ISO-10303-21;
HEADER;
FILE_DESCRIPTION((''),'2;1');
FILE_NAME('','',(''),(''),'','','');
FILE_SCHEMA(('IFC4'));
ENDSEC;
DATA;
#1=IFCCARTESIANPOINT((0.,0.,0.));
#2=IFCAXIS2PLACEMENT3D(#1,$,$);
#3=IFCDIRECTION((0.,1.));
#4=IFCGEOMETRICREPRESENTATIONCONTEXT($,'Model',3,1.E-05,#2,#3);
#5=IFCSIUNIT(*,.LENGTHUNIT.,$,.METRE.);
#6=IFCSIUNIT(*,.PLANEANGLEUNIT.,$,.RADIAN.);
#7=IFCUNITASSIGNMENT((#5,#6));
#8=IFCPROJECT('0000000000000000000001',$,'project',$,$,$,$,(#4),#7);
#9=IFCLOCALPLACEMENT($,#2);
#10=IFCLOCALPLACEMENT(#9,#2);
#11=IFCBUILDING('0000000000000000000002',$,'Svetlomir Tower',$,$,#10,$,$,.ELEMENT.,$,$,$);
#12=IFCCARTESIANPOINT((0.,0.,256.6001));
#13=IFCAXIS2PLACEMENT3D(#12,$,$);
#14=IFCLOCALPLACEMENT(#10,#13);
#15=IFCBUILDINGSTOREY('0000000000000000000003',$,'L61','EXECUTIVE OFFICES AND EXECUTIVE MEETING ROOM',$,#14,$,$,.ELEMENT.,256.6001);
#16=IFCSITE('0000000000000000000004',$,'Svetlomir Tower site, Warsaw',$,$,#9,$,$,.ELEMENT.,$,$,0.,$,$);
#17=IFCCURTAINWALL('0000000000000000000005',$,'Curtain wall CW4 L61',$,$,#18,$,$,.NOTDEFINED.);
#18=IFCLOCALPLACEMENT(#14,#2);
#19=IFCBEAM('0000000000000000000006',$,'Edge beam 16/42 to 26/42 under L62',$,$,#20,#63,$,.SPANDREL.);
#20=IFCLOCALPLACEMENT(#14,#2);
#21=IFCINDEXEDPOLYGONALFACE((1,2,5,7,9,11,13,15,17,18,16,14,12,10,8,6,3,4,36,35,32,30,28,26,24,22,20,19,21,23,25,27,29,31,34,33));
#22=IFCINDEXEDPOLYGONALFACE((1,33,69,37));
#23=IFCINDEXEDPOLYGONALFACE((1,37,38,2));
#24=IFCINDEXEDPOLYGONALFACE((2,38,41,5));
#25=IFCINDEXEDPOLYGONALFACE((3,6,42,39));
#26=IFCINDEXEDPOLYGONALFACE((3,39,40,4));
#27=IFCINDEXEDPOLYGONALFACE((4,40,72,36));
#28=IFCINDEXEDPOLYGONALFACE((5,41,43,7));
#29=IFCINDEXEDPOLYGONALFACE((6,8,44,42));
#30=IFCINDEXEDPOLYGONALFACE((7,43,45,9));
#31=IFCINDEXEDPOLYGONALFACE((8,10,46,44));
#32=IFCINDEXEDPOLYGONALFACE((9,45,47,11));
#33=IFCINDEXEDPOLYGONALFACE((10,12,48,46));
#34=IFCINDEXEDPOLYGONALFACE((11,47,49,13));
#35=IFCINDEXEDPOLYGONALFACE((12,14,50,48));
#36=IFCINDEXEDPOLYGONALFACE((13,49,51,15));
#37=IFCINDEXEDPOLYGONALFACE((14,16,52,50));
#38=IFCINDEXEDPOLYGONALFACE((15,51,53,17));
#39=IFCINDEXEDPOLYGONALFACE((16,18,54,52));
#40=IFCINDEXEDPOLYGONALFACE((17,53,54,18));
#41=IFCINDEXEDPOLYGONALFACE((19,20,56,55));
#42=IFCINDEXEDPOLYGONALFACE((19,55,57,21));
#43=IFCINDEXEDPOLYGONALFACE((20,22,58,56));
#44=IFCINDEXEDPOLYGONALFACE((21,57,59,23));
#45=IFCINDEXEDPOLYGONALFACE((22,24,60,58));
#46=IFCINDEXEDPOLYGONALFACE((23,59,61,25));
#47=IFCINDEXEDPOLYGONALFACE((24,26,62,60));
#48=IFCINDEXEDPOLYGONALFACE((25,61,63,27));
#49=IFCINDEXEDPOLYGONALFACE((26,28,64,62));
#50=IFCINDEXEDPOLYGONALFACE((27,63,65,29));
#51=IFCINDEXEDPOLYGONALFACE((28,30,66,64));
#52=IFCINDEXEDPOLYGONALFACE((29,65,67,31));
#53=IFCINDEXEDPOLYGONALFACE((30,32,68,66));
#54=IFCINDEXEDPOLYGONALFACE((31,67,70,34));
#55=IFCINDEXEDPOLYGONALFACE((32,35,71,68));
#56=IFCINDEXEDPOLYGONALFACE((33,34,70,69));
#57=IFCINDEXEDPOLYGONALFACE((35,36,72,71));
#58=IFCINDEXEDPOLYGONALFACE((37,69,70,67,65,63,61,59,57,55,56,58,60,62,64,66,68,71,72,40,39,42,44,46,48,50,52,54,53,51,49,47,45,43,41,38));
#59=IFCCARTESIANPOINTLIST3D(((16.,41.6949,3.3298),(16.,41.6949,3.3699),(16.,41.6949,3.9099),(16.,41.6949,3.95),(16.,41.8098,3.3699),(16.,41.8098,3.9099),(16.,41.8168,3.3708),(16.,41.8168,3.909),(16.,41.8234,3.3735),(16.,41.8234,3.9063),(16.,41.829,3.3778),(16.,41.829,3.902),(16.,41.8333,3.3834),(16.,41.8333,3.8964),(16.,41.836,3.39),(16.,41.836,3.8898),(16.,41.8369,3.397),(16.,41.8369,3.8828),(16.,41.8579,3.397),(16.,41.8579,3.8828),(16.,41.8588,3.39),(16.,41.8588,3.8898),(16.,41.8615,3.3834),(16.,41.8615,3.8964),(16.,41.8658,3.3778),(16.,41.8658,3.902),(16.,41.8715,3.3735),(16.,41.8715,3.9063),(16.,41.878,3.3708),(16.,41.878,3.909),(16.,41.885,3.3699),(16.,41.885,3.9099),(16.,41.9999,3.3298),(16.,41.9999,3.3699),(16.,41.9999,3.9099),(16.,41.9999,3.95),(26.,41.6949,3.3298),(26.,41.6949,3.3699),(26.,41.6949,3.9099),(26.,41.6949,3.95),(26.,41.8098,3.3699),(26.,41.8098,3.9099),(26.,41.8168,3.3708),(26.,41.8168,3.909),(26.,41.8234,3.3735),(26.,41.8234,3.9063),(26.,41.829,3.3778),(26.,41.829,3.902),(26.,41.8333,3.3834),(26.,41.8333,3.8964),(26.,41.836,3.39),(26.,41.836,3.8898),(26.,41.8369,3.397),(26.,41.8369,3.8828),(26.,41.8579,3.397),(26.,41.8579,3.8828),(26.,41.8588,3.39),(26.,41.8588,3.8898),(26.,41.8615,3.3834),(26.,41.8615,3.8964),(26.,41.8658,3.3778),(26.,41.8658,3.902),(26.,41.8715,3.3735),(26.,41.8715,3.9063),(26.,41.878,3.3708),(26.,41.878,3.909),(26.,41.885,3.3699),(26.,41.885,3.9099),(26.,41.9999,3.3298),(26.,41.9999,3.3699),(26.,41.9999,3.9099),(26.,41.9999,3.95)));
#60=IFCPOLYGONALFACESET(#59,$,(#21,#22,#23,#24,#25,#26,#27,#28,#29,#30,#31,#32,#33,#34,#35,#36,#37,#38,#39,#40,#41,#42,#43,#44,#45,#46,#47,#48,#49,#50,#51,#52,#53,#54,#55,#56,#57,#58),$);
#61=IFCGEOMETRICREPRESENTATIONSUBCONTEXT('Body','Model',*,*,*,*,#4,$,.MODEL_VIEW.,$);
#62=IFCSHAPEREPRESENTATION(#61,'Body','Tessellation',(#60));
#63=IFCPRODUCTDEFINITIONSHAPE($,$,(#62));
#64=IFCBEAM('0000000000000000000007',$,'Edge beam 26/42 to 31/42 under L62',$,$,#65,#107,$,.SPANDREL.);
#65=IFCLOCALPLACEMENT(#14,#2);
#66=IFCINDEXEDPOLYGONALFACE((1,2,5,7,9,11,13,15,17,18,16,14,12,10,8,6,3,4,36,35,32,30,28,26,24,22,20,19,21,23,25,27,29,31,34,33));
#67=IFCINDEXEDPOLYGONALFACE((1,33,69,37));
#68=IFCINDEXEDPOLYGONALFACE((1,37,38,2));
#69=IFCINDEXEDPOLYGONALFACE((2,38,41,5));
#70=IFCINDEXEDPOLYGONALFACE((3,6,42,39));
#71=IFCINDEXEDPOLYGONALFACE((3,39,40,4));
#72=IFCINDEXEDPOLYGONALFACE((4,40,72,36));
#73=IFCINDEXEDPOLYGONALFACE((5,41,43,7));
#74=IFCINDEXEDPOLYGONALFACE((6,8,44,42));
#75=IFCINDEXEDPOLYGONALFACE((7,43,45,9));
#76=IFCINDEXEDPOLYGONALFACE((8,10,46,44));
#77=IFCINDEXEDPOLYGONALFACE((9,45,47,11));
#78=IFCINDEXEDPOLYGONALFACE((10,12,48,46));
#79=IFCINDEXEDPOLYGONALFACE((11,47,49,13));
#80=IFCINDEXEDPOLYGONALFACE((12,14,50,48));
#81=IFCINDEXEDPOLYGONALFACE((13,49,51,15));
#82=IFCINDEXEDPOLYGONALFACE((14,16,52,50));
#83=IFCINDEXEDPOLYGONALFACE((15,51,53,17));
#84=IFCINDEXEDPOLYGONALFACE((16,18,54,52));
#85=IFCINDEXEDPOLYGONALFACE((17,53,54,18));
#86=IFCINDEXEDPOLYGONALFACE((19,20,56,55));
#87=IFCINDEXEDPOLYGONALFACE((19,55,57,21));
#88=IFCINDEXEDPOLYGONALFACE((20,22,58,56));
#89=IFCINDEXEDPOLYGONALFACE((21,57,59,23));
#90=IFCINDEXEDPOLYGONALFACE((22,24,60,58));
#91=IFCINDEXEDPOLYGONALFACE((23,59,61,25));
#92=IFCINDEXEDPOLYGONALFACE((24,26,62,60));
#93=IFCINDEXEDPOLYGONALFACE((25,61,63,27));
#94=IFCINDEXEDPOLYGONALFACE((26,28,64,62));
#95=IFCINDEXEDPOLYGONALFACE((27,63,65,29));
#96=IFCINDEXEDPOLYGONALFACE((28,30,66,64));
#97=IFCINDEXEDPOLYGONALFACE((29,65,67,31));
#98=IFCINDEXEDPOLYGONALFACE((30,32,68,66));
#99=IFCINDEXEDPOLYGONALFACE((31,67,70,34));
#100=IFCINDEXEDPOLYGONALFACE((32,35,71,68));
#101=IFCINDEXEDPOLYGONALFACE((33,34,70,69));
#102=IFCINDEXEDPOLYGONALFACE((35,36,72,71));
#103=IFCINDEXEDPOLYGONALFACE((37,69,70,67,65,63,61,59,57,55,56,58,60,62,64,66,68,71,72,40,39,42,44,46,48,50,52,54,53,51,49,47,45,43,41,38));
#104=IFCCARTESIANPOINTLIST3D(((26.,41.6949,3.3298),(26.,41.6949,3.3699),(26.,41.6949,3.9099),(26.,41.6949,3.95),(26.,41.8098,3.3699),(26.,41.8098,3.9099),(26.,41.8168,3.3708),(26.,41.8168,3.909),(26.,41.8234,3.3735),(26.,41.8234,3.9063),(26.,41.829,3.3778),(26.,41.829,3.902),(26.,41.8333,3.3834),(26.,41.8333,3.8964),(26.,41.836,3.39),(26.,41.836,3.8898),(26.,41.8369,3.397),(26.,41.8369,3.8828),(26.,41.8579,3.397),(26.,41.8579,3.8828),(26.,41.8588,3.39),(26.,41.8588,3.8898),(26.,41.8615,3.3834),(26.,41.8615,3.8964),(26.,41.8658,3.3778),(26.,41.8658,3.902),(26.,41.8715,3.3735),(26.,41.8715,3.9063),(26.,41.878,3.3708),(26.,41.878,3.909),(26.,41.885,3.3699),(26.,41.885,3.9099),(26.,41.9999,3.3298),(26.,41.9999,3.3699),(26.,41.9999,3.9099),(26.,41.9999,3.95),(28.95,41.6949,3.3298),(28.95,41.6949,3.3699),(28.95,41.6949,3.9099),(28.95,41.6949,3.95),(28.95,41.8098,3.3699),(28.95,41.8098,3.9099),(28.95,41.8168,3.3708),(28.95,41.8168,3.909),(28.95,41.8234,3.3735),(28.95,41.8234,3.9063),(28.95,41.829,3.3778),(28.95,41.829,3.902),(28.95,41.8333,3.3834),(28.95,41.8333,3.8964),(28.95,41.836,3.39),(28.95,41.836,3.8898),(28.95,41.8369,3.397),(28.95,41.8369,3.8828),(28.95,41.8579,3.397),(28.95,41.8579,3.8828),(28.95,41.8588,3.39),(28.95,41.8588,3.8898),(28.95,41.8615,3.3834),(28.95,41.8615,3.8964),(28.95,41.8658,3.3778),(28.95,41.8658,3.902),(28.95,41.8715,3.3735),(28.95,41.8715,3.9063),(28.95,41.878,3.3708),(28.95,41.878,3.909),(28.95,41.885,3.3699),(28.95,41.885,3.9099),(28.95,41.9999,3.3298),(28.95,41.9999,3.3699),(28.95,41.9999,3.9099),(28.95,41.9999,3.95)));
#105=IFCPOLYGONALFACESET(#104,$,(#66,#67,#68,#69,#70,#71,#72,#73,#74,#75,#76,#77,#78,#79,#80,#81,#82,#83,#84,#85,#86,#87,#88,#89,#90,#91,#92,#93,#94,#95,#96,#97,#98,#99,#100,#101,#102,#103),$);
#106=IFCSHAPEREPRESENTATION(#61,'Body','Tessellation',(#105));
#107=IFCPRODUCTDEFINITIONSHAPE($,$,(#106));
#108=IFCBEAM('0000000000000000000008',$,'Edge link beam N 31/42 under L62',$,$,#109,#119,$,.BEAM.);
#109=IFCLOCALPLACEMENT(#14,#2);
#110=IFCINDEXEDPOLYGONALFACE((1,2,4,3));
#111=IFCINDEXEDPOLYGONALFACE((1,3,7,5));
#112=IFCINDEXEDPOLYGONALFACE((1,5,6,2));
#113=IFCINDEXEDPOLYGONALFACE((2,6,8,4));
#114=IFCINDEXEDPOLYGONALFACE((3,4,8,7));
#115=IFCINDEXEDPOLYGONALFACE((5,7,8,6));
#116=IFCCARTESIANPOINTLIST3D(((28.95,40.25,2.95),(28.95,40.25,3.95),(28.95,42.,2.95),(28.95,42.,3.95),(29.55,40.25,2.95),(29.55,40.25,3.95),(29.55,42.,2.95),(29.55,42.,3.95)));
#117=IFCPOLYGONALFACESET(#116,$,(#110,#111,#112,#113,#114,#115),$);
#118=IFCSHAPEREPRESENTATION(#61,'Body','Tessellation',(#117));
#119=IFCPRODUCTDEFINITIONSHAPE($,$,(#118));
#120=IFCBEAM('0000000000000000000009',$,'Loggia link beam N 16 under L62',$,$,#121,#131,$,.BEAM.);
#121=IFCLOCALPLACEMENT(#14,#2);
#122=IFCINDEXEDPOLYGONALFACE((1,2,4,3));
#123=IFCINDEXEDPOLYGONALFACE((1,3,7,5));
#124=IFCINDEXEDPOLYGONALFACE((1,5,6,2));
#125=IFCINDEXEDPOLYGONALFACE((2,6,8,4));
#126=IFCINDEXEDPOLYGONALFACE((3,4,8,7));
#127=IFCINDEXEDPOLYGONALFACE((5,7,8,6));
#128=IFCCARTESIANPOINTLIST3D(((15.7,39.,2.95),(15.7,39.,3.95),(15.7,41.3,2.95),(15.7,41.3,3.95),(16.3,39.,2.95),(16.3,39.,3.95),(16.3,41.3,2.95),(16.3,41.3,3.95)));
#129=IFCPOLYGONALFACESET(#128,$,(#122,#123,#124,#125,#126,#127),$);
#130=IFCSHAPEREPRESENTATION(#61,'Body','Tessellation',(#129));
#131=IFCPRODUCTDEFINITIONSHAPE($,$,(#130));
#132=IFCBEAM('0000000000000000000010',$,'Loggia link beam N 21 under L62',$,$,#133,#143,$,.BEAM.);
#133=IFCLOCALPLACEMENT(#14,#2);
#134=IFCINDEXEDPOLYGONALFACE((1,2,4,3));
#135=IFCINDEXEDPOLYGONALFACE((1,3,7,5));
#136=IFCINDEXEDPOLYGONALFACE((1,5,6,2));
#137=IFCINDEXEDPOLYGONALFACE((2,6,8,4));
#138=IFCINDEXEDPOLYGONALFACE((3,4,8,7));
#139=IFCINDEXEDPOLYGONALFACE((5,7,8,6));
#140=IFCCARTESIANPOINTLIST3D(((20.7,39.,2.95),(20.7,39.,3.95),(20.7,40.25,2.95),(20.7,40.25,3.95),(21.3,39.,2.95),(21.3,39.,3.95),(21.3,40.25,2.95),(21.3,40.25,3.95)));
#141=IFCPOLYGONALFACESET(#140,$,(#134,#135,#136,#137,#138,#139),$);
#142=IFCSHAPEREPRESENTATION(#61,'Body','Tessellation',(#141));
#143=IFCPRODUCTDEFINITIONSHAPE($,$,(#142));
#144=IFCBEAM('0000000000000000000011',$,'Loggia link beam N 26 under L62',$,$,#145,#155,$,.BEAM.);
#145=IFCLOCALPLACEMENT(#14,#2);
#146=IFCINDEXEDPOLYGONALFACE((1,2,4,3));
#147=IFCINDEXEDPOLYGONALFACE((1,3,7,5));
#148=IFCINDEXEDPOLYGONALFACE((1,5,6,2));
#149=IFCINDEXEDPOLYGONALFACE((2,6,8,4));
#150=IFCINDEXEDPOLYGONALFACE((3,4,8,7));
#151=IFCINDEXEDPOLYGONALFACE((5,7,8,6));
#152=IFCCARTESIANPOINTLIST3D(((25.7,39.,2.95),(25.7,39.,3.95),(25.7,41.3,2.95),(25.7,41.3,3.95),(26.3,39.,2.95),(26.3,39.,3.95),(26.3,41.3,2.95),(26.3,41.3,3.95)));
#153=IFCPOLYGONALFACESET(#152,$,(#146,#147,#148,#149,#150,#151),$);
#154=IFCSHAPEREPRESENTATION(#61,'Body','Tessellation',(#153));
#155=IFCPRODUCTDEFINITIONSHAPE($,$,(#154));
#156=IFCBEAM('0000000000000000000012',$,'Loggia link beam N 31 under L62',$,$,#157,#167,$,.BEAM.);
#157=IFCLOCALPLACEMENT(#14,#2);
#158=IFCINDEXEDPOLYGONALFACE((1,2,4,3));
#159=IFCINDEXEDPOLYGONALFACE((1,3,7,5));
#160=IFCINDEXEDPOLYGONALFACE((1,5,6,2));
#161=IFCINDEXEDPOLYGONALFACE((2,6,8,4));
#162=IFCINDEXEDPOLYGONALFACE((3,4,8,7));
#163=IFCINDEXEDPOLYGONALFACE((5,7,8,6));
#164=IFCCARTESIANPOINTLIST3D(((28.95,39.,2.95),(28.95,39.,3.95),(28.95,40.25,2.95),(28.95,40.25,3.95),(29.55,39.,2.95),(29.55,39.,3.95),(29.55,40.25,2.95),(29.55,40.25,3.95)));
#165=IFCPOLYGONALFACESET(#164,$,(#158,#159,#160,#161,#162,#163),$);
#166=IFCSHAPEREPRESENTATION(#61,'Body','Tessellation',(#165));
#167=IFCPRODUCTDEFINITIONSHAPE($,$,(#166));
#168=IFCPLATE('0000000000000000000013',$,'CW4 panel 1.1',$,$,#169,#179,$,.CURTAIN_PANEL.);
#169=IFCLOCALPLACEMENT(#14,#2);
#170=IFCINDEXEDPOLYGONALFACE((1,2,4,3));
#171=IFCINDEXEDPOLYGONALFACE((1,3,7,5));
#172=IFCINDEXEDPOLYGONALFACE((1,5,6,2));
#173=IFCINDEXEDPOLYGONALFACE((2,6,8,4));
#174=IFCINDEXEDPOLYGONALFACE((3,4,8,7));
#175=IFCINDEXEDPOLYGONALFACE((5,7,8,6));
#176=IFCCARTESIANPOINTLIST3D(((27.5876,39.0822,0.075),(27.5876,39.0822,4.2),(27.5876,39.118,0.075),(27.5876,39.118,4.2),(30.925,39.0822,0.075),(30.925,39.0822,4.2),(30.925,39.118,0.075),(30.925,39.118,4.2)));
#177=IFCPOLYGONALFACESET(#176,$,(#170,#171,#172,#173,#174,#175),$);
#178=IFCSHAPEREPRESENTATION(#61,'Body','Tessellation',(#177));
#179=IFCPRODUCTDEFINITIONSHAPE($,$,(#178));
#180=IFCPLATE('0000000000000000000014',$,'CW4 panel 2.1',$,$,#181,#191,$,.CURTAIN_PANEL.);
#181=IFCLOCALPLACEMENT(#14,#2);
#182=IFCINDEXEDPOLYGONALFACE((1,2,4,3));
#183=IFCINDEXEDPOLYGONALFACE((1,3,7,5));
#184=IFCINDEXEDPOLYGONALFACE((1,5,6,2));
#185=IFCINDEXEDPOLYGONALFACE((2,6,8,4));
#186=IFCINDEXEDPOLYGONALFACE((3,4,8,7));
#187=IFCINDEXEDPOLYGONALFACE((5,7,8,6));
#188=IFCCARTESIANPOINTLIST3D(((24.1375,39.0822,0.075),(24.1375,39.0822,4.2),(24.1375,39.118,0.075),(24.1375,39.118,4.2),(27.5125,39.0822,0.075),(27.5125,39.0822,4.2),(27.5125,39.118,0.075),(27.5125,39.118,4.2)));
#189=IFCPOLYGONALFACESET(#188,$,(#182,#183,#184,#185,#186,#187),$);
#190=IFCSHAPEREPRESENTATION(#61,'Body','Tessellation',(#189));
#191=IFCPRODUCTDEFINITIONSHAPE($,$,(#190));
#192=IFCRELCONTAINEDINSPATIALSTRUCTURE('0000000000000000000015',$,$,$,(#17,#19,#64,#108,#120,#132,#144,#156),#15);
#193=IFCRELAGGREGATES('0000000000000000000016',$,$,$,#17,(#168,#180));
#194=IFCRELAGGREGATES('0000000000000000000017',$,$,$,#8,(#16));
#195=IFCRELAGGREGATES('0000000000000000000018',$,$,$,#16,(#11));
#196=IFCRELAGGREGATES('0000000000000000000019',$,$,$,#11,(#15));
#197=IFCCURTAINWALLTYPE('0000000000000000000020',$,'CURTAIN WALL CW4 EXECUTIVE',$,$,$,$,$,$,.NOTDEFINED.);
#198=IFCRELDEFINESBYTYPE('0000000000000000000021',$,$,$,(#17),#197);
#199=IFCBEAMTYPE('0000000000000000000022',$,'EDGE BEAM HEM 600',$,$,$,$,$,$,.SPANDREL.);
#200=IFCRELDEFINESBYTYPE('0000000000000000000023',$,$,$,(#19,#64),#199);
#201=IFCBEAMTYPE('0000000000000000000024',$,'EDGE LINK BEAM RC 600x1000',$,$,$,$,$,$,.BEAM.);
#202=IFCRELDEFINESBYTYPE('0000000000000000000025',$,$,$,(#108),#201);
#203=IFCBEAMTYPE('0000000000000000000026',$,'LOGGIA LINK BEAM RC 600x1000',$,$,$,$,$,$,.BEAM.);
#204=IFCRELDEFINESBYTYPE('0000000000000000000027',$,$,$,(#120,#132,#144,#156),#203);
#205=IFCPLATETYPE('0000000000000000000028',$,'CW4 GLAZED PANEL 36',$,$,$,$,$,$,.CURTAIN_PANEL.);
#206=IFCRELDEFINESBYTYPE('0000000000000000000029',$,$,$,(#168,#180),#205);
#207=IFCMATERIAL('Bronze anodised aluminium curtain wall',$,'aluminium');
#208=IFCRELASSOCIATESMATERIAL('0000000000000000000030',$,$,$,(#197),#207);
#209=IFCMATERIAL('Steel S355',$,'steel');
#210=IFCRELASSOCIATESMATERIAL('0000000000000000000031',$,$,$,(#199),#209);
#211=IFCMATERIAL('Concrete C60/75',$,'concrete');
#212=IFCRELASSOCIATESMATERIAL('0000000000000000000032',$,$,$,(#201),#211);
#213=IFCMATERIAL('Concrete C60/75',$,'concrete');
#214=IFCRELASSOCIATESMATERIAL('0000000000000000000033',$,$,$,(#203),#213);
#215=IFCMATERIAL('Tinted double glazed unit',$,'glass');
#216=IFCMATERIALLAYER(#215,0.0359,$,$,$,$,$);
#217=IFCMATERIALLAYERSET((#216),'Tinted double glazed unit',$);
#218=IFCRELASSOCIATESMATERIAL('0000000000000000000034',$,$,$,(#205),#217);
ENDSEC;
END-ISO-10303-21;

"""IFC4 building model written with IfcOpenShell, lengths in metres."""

from ifc_helpers import new_model, si_unit, direction, frame, origin, origin_2d, place, context, subcontext, project, spatial, rectangle, i_section, extrude, material, layer, layer_set, material_profile, profile_set, type_object, element, aggregate, save


model = new_model("IFC4")

# Units and contexts
model_context = context("Model", 3, precision=1e-05, world=origin(), true_north=direction((0.0, 1.0)))
body_context = subcontext(model_context, "Body", "Model", "MODEL_VIEW")
ifc_project = project(units=[si_unit("LENGTHUNIT", "METRE"), si_unit("PLANEANGLEUNIT", "RADIAN")], contexts=[model_context])

# Site, building, storey
site_placement = place(None, origin())
site = spatial("IfcSite", under=ifc_project, at=site_placement, Name="Svetlomir Tower site, Warsaw", CompositionType="ELEMENT", RefElevation=0.0)
building_placement = place(site_placement, origin())
building = spatial("IfcBuilding", under=site, at=building_placement, Name="Svetlomir Tower", CompositionType="ELEMENT")
storey_placement = place(building_placement, frame((0.0, 0.0, 256.6001)))
storey = spatial("IfcBuildingStorey", under=building, at=storey_placement, Name="L61", Description="EXECUTIVE OFFICES AND EXECUTIVE MEETING ROOM", CompositionType="ELEMENT", Elevation=256.6001)

# Curtain wall
ifc_material_1 = material(Name="Bronze anodised aluminium curtain wall", Category="aluminium")
curtain_wall_type = type_object("IfcCurtainWallType", Name="CURTAIN WALL CW4 EXECUTIVE", PredefinedType="NOTDEFINED", material=ifc_material_1)
curtain_wall_1_placement = place(storey_placement, origin())
curtain_wall_1 = element("IfcCurtainWall", 1, at=curtain_wall_1_placement, inside=storey, type_object=curtain_wall_type, Name="Curtain wall CW4 L61", PredefinedType="NOTDEFINED")

# Beams
ifc_material_2 = material(Name="Steel S355", Category="steel")
ifc_material_profile_1 = material_profile(ifc_material_2, i_section(OverallWidth=0.3049, OverallDepth=0.6201, WebThickness=0.021, FlangeThickness=0.04, FilletRadius=0.0271, at=origin_2d()), Name="HEM 600")
ifc_profile_set_1 = profile_set([ifc_material_profile_1], Name="Steel S355")
beam_type_1 = type_object("IfcBeamType", Name="EDGE BEAM HEM 600", PredefinedType="SPANDREL", material=ifc_profile_set_1)
beam_1_placement = place(storey_placement, frame((16.0, 41.8474, 3.6399), z_axis=(1.0, 0.0, 0.0), x_axis=(0.0, 1.0, 0.0)))
element("IfcBeam", 2, at=beam_1_placement, inside=storey, type_object=beam_type_1, Name="Edge beam 16/42 to 26/42 under L62", PredefinedType="SPANDREL", context=body_context, shape_type="SweptSolid", body=[
    extrude(i_section(OverallWidth=0.3049, OverallDepth=0.6201, WebThickness=0.021, FlangeThickness=0.04, FilletRadius=0.0271, at=origin_2d()), origin(), (0.0, 0.0, 1.0), 10.0),
])
beam_2_placement = place(storey_placement, frame((26.0, 41.8474, 3.6399), z_axis=(1.0, 0.0, 0.0), x_axis=(0.0, 1.0, 0.0)))
element("IfcBeam", 3, at=beam_2_placement, inside=storey, type_object=beam_type_1, Name="Edge beam 26/42 to 31/42 under L62", PredefinedType="SPANDREL", context=body_context, shape_type="SweptSolid", body=[
    extrude(i_section(OverallWidth=0.3049, OverallDepth=0.6201, WebThickness=0.021, FlangeThickness=0.04, FilletRadius=0.0271, at=origin_2d()), origin(), (0.0, 0.0, 1.0), 2.95),
])
ifc_material_3 = material(Name="Concrete C60/75", Category="concrete")
ifc_material_profile_2 = material_profile(ifc_material_3, rectangle(XDim=0.6001, YDim=1.0, at=origin_2d()), Name="RC 600x1000")
ifc_profile_set_2 = profile_set([ifc_material_profile_2], Name="Concrete C60/75")
beam_type_2 = type_object("IfcBeamType", Name="EDGE LINK BEAM RC 600x1000", PredefinedType="BEAM", material=ifc_profile_set_2)
beam_3_placement = place(storey_placement, frame((29.25, 40.25, 3.45), z_axis=(0.0, 1.0, 0.0), x_axis=(-1.0, 0.0, 0.0)))
element("IfcBeam", 4, at=beam_3_placement, inside=storey, type_object=beam_type_2, Name="Edge link beam N 31/42 under L62", PredefinedType="BEAM", context=body_context, shape_type="SweptSolid", body=[
    extrude(rectangle(XDim=0.6001, YDim=1.0, at=origin_2d()), origin(), (0.0, 0.0, 1.0), 1.75),
])
ifc_material_4 = material(Name="Concrete C60/75", Category="concrete")
ifc_material_profile_3 = material_profile(ifc_material_4, rectangle(XDim=0.6001, YDim=1.0, at=origin_2d()), Name="RC 600x1000")
ifc_profile_set_3 = profile_set([ifc_material_profile_3], Name="Concrete C60/75")
beam_type_3 = type_object("IfcBeamType", Name="LOGGIA LINK BEAM RC 600x1000", PredefinedType="BEAM", material=ifc_profile_set_3)
beam_4_placement = place(storey_placement, frame((16.0, 41.3, 3.45), z_axis=(0.0, -1.0, 0.0), x_axis=(1.0, 0.0, 0.0)))
element("IfcBeam", 5, at=beam_4_placement, inside=storey, type_object=beam_type_3, Name="Loggia link beam N 16 under L62", PredefinedType="BEAM", context=body_context, shape_type="SweptSolid", body=[
    extrude(rectangle(XDim=0.6001, YDim=1.0, at=origin_2d()), origin(), (0.0, 0.0, 1.0), 2.3),
])
beam_5_placement = place(storey_placement, frame((21.0, 40.25, 3.45), z_axis=(0.0, -1.0, 0.0), x_axis=(1.0, 0.0, 0.0)))
element("IfcBeam", 6, at=beam_5_placement, inside=storey, type_object=beam_type_3, Name="Loggia link beam N 21 under L62", PredefinedType="BEAM", context=body_context, shape_type="SweptSolid", body=[
    extrude(rectangle(XDim=0.6001, YDim=1.0, at=origin_2d()), origin(), (0.0, 0.0, 1.0), 1.25),
])
beam_6_placement = place(storey_placement, frame((26.0, 41.3, 3.45), z_axis=(0.0, -1.0, 0.0), x_axis=(1.0, 0.0, 0.0)))
element("IfcBeam", 7, at=beam_6_placement, inside=storey, type_object=beam_type_3, Name="Loggia link beam N 26 under L62", PredefinedType="BEAM", context=body_context, shape_type="SweptSolid", body=[
    extrude(rectangle(XDim=0.6001, YDim=1.0, at=origin_2d()), origin(), (0.0, 0.0, 1.0), 2.3),
])
beam_7_placement = place(storey_placement, frame((29.25, 40.25, 3.45), z_axis=(0.0, -1.0, 0.0), x_axis=(1.0, 0.0, 0.0)))
element("IfcBeam", 8, at=beam_7_placement, inside=storey, type_object=beam_type_3, Name="Loggia link beam N 31 under L62", PredefinedType="BEAM", context=body_context, shape_type="SweptSolid", body=[
    extrude(rectangle(XDim=0.6001, YDim=1.0, at=origin_2d()), origin(), (0.0, 0.0, 1.0), 1.25),
])

# Plates
ifc_material_5 = material(Name="Tinted double glazed unit", Category="glass")
ifc_layer_1 = layer(ifc_material_5, 0.0359)
ifc_layer_set_1 = layer_set([ifc_layer_1], Name="Tinted double glazed unit")
plate_type = type_object("IfcPlateType", Name="CW4 GLAZED PANEL 36", PredefinedType="CURTAIN_PANEL", material=ifc_layer_set_1)
plate_1_placement = place(storey_placement, frame((29.2563, 39.1001, 0.075), z_axis=(0.0, 0.0, 1.0), x_axis=(-1.0, 0.0, 0.0)))
plate_1 = element("IfcPlate", 9, at=plate_1_placement, type_object=plate_type, Name="CW4 panel 1.1", PredefinedType="CURTAIN_PANEL", context=body_context, shape_type="SweptSolid", body=[
    extrude(rectangle(XDim=3.3374, YDim=0.0359, at=origin_2d()), origin(), (0.0, 0.0, 1.0), 4.125),
])
plate_2_placement = place(storey_placement, frame((25.825, 39.1001, 0.075), z_axis=(0.0, 0.0, 1.0), x_axis=(-1.0, 0.0, 0.0)))
plate_2 = element("IfcPlate", 10, at=plate_2_placement, type_object=plate_type, Name="CW4 panel 2.1", PredefinedType="CURTAIN_PANEL", context=body_context, shape_type="SweptSolid", body=[
    extrude(rectangle(XDim=3.375, YDim=0.0359, at=origin_2d()), origin(), (0.0, 0.0, 1.0), 4.125),
])
aggregate(curtain_wall_1, [plate_1, plate_2])

save(model, "model.ifc")
